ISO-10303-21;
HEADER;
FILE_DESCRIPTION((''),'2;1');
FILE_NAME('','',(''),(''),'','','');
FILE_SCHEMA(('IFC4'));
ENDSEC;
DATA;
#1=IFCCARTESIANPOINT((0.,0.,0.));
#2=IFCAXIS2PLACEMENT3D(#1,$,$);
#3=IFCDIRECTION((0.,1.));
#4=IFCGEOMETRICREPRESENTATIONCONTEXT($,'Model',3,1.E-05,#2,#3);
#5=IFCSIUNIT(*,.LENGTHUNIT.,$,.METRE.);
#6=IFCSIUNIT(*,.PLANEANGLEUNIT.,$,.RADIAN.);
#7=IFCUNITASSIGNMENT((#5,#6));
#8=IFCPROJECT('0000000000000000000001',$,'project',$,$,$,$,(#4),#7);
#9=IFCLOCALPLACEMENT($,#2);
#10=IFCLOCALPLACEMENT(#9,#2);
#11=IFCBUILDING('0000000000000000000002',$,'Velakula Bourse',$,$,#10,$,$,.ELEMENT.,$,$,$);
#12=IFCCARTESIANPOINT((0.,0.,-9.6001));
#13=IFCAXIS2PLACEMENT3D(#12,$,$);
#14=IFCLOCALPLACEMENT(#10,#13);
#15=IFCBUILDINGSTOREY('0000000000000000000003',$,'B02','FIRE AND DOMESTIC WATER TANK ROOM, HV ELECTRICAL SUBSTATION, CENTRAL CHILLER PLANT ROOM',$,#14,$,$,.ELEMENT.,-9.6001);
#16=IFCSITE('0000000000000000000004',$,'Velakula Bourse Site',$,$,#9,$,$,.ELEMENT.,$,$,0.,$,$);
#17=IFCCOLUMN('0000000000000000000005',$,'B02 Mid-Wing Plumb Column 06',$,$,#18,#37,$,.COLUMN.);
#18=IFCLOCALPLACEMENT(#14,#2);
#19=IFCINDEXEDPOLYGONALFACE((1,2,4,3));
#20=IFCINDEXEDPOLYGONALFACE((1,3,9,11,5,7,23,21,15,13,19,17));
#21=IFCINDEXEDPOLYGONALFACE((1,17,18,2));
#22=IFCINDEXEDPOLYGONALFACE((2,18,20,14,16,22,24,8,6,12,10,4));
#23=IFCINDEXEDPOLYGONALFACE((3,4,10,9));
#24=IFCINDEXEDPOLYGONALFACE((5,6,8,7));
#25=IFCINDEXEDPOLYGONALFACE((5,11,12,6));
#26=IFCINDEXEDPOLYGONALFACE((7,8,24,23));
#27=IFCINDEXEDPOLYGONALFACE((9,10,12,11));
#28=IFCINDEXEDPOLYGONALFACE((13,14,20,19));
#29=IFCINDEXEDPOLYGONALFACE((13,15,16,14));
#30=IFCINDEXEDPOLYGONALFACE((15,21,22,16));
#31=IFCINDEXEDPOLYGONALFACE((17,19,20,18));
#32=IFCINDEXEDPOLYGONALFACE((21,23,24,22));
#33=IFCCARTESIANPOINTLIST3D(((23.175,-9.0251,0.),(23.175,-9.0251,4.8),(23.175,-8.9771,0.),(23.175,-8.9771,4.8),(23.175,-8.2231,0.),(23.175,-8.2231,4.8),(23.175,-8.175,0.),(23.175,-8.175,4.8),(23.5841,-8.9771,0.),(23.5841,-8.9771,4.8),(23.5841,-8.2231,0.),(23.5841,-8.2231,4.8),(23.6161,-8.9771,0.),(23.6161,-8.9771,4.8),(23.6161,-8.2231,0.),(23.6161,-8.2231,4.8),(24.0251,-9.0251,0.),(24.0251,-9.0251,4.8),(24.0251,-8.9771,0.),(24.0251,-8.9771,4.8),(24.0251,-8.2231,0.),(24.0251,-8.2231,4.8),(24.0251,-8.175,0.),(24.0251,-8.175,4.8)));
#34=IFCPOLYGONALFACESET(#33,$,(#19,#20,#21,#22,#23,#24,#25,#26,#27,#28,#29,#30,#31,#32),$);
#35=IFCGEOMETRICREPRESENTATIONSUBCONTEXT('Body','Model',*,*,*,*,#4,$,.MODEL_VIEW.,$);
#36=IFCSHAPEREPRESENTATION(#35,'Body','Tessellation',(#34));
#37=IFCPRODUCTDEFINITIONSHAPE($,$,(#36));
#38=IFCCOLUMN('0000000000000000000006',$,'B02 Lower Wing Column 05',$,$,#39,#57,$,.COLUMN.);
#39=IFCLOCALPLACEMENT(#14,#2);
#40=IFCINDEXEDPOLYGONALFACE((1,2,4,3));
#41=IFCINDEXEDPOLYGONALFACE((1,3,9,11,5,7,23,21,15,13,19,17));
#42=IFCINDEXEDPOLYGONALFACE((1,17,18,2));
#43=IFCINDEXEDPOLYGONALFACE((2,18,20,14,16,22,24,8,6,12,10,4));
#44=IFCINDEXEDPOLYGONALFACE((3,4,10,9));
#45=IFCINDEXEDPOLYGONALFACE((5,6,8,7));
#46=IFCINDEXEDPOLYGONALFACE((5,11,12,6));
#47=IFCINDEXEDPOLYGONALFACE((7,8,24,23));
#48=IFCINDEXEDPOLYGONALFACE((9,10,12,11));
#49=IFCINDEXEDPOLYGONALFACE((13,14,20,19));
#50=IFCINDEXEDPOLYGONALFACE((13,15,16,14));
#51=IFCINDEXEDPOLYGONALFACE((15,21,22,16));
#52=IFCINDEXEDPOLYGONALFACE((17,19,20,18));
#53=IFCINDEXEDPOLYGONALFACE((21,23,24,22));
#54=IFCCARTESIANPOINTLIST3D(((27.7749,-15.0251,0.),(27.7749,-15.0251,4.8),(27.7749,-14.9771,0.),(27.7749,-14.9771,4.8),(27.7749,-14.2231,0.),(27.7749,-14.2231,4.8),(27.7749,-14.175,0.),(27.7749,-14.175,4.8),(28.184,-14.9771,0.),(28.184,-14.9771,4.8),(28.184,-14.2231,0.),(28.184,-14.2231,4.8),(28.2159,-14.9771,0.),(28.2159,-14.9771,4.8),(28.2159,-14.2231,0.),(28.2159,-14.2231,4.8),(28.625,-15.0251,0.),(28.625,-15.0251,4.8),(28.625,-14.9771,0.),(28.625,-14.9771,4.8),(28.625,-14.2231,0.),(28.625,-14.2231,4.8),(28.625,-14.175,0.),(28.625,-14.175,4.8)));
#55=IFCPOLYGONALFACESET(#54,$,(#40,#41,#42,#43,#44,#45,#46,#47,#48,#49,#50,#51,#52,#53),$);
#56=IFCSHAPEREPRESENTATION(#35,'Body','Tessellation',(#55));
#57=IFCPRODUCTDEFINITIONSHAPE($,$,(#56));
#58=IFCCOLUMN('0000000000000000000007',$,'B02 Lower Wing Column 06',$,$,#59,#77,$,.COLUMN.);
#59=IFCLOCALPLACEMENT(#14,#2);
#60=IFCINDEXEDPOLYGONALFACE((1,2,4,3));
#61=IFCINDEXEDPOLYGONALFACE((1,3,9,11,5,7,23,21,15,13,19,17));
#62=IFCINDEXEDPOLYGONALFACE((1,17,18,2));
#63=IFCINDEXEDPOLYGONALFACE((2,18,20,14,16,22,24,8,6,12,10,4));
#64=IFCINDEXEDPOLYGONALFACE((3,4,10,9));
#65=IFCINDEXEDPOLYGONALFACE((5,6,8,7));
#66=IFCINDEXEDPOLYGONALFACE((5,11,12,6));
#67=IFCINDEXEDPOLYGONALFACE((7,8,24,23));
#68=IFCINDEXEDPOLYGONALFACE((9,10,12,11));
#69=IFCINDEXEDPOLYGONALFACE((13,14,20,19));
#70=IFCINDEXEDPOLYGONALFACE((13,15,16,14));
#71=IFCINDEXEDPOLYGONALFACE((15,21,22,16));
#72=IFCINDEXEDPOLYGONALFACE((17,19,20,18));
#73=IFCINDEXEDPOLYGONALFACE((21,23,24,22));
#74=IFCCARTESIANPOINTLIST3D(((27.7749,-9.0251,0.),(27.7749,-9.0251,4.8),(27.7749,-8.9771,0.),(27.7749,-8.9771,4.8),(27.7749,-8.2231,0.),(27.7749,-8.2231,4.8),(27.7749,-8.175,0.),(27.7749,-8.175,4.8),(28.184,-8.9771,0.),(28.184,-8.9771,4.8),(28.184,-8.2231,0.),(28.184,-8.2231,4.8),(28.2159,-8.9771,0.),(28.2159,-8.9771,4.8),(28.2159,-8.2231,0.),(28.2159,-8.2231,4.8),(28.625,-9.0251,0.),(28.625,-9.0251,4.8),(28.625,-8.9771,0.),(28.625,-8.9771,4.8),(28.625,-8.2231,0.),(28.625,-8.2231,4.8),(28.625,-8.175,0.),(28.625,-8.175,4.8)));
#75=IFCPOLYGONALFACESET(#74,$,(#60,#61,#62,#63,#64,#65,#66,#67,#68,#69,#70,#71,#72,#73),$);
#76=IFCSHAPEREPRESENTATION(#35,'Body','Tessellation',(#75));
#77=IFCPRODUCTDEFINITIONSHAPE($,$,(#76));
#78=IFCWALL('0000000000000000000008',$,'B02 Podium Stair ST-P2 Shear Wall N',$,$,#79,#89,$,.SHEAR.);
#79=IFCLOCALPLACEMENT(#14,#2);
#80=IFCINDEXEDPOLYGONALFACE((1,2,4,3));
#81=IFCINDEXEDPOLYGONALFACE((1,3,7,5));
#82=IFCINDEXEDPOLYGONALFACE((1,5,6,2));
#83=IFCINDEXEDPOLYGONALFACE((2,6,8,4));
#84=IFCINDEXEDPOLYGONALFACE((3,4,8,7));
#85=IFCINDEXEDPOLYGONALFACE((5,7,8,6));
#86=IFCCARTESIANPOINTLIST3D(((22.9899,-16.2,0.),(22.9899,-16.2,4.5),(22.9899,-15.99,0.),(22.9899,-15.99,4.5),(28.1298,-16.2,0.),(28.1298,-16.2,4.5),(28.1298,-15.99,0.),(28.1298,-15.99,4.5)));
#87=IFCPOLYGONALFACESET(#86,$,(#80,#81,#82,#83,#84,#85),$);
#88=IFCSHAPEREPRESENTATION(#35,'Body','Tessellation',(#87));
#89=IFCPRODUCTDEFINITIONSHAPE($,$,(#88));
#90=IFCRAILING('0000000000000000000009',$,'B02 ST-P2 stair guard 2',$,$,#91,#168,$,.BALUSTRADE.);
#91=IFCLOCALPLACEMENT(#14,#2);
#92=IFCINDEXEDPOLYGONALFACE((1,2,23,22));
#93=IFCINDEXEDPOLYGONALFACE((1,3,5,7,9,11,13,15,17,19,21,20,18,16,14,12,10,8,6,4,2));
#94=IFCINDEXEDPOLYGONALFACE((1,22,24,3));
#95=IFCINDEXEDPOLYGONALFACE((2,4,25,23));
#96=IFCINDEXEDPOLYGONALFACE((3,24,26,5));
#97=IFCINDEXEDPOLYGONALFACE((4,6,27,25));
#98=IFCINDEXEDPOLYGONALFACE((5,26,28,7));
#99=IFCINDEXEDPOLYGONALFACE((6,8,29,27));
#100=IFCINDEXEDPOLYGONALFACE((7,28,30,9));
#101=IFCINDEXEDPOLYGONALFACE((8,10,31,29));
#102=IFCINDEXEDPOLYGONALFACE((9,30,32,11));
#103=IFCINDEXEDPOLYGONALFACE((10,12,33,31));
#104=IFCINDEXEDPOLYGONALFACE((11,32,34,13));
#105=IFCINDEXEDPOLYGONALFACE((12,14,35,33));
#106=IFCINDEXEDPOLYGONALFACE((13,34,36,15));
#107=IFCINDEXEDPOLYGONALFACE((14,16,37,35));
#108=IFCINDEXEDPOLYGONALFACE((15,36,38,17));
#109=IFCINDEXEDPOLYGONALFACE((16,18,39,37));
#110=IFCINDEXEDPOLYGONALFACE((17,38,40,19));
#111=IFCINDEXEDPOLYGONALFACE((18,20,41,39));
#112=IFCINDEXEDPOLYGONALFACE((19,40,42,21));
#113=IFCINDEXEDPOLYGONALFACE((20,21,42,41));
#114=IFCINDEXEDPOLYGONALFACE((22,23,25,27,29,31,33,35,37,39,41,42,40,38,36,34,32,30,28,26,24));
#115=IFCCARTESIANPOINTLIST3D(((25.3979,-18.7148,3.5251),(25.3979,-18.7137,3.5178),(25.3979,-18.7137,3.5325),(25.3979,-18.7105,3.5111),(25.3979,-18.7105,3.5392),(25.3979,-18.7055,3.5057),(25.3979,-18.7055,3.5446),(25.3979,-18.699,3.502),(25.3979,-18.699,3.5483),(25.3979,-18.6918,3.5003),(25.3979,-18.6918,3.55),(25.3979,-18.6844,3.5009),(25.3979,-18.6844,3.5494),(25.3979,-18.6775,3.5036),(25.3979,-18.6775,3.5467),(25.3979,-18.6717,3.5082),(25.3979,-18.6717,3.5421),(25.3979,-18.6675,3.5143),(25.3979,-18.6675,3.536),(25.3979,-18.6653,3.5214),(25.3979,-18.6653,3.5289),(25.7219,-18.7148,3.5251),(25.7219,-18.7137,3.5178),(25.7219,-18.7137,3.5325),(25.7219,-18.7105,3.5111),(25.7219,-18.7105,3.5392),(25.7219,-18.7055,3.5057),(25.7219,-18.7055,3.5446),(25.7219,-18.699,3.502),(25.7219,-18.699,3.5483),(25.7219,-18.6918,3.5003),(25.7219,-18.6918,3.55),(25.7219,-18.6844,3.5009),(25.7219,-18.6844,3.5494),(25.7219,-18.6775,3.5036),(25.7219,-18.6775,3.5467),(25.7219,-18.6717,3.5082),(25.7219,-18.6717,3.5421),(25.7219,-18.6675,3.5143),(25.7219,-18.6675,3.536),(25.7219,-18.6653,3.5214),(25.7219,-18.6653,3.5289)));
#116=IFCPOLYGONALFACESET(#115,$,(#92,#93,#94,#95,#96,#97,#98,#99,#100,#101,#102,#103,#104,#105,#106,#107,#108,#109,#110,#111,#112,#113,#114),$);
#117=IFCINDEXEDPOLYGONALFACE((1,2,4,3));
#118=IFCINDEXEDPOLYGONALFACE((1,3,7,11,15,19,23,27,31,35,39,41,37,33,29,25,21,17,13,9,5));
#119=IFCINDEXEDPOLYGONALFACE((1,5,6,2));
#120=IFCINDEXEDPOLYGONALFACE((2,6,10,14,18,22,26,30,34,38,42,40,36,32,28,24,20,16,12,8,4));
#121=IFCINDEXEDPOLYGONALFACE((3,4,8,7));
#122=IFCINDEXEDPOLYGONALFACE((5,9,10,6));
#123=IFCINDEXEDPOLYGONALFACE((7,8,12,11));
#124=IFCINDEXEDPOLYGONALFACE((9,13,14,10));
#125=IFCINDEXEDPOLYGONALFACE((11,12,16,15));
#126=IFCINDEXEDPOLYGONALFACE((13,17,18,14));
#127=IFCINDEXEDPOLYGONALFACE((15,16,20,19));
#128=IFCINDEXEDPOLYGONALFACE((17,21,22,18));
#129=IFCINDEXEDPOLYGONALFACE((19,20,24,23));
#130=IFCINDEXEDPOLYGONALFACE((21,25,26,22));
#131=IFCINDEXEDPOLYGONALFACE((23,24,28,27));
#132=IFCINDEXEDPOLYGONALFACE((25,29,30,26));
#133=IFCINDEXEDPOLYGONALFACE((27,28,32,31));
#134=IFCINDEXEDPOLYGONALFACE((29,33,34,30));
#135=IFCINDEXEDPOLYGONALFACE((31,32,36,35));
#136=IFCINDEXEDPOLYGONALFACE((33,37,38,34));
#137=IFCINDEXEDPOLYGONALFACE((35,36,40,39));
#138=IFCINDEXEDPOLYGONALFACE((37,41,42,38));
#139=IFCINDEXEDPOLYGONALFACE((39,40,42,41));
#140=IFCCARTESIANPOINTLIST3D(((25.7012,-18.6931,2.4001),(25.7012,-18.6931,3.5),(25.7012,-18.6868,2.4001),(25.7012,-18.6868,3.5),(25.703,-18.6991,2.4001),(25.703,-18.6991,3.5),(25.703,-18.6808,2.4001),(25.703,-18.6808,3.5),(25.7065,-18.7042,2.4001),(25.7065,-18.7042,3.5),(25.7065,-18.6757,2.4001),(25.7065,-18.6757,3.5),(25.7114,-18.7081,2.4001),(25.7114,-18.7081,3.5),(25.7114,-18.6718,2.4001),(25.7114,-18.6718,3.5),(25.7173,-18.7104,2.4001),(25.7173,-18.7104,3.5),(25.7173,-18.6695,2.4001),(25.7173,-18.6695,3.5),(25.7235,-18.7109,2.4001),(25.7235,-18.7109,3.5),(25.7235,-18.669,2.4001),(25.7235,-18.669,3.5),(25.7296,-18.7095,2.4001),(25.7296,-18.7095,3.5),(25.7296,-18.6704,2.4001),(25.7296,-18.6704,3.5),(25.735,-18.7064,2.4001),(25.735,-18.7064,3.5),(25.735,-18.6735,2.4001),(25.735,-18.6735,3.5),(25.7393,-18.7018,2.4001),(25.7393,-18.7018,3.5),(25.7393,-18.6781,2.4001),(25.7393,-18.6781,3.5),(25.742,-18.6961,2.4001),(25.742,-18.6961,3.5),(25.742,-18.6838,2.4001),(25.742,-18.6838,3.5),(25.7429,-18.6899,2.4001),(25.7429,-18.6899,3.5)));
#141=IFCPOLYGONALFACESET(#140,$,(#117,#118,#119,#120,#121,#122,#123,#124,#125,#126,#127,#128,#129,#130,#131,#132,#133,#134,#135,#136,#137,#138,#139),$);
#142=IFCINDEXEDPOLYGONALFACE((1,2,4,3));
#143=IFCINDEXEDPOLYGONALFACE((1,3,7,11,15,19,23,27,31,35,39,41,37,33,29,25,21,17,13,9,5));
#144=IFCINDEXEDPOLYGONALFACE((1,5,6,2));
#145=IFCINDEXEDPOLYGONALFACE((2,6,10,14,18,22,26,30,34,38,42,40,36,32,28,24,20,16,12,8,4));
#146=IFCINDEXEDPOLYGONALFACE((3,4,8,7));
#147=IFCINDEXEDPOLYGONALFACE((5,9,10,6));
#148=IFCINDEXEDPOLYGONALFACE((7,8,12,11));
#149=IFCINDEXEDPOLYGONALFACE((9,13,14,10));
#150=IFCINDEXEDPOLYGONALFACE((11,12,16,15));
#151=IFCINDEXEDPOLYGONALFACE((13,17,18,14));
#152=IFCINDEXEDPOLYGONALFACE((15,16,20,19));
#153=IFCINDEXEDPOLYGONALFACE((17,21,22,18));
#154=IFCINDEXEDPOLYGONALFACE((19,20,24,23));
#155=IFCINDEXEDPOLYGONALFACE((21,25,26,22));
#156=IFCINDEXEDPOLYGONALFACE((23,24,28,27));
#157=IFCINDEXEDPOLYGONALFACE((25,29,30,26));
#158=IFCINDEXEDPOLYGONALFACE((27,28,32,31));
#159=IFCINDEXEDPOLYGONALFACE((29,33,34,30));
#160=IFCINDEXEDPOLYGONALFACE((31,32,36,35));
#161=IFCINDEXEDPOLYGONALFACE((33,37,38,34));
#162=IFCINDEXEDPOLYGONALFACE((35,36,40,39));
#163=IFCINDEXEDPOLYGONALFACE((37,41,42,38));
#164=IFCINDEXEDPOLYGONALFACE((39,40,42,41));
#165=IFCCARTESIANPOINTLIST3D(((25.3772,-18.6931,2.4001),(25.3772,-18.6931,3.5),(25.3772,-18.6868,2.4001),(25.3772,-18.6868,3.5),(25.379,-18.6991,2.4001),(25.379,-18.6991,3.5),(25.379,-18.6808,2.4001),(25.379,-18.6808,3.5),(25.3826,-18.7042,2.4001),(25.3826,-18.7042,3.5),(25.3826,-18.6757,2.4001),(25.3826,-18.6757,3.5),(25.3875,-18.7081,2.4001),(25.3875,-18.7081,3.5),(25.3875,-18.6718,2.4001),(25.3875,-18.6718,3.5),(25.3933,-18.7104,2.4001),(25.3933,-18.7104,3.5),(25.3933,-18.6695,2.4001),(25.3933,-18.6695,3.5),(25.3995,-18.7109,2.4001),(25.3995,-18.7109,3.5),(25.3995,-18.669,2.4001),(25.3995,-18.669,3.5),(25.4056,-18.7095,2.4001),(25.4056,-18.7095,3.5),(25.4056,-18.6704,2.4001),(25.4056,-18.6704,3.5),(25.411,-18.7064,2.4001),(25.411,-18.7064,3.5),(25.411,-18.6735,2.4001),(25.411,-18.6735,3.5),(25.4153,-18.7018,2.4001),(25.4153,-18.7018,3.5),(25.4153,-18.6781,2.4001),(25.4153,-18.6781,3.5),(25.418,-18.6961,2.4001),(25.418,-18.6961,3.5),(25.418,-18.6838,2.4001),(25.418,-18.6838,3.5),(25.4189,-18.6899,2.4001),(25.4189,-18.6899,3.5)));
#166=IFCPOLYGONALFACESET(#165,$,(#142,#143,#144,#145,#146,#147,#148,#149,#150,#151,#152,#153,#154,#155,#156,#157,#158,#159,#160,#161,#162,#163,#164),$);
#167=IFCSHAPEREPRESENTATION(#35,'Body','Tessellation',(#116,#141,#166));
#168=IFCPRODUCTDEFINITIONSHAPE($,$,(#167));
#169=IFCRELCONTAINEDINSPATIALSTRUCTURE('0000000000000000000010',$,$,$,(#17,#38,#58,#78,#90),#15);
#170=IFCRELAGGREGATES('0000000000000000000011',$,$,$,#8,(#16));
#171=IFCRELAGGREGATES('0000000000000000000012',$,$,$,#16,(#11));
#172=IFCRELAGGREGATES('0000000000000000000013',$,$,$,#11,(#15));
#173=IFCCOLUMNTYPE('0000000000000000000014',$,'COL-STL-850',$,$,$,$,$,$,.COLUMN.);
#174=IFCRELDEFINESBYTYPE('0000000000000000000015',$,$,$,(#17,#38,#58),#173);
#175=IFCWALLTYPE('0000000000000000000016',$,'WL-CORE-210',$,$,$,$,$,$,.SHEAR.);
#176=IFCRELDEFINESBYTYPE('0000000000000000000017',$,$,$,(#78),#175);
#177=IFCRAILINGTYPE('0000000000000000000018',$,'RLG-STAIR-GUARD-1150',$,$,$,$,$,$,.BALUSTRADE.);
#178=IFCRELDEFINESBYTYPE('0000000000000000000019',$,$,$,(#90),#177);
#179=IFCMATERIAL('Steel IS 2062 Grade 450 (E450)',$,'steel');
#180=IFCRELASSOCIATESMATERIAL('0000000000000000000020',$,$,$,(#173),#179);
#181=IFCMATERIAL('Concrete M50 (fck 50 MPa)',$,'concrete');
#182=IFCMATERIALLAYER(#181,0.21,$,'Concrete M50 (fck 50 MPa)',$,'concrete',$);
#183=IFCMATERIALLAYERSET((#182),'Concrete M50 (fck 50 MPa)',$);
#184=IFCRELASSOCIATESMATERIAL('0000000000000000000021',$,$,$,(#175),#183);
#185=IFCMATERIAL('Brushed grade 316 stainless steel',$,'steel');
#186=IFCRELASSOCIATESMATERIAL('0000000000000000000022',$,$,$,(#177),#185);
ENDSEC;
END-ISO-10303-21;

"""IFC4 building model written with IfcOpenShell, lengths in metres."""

from ifc_helpers import new_model, si_unit, direction, frame, frame_2d, origin, origin_2d, place, context, subcontext, project, spatial, rectangle, circle, i_section, extrude, material, layer, layer_set, material_profile, profile_set, type_object, element, save


model = new_model("IFC4")

# Units and contexts
model_context = context("Model", 3, precision=1e-05, world=origin(), true_north=direction((0.0, 1.0)))
body_context = subcontext(model_context, "Body", "Model", "MODEL_VIEW")
ifc_project = project(units=[si_unit("LENGTHUNIT", "METRE"), si_unit("PLANEANGLEUNIT", "RADIAN")], contexts=[model_context])

# Site, building, storey
site_placement = place(None, origin())
site = spatial("IfcSite", under=ifc_project, at=site_placement, Name="Velakula Bourse Site", CompositionType="ELEMENT", RefElevation=0.0)
building_placement = place(site_placement, origin())
building = spatial("IfcBuilding", under=site, at=building_placement, Name="Velakula Bourse", CompositionType="ELEMENT")
storey_placement = place(building_placement, frame((0.0, 0.0, -9.6001)))
storey = spatial("IfcBuildingStorey", under=building, at=storey_placement, Name="B02", Description="FIRE AND DOMESTIC WATER TANK ROOM, HV ELECTRICAL SUBSTATION, CENTRAL CHILLER PLANT ROOM", CompositionType="ELEMENT", Elevation=-9.6001)

# Shared definitions
ifc_material_1 = material(Name="Concrete M50 (fck 50 MPa)", Category="concrete")

# Columns
ifc_material_2 = material(Name="Steel IS 2062 Grade 450 (E450)", Category="steel")
ifc_material_profile_1 = material_profile(ifc_material_2, i_section(OverallWidth=0.8501, OverallDepth=0.8501, WebThickness=0.032, FlangeThickness=0.0481, at=origin_2d()), Name="Steel IS 2062 Grade 450 (E450)")
ifc_profile_set_1 = profile_set([ifc_material_profile_1], Name="Steel IS 2062 Grade 450 (E450)")
column_type_1 = type_object("IfcColumnType", Name="COL-STL-850", PredefinedType="COLUMN", material=ifc_profile_set_1)
for number, where, z_axis, x_axis, name in (
    (1, (23.6001, -8.6001, 0.0), (0.0, 0.0, 1.0), (1.0, 0.0, 0.0), "B02 Mid-Wing Plumb Column 06"),
    (2, (28.2, -14.6001, 0.0), (0.0, 0.0, 1.0), (1.0, 0.0, 0.0), "B02 Lower Wing Column 05"),
    (3, (28.2, -8.6001, 0.0), (0.0, 0.0, 1.0), (1.0, 0.0, 0.0), "B02 Lower Wing Column 06"),
):
    element("IfcColumn", number, at=place(storey_placement, frame(where, z_axis=z_axis, x_axis=x_axis)), inside=storey, type_object=column_type_1, Name=name, PredefinedType="COLUMN", context=body_context, shape_type="SweptSolid", body=[
        extrude(i_section(OverallWidth=0.8501, OverallDepth=0.8501, WebThickness=0.032, FlangeThickness=0.0481, at=origin_2d()), origin(), (0.0, 0.0, 1.0), 4.8),
    ])

# Wall
ifc_layer = layer(ifc_material_1, 0.21, Name="Concrete M50 (fck 50 MPa)", Category="concrete")
ifc_layer_set = layer_set([ifc_layer], Name="Concrete M50 (fck 50 MPa)")
wall_type = type_object("IfcWallType", Name="WL-CORE-210", PredefinedType="SHEAR", material=ifc_layer_set)
wall_placement = place(storey_placement, frame((22.99, -16.095, 0.0), z_axis=(0.0, 0.0, 1.0), x_axis=(1.0, 0.0, 0.0)))
element("IfcWall", 4, at=wall_placement, inside=storey, type_object=wall_type, Name="B02 Podium Stair ST-P2 Shear Wall N", PredefinedType="SHEAR", context=body_context, shape_type="SweptSolid", body=[
    extrude(rectangle(XDim=5.1399, YDim=0.21, at=frame_2d((2.5698, 0.0))), origin(), (0.0, 0.0, 1.0), 4.5),
])

# Railing
ifc_material_3 = material(Name="Brushed grade 316 stainless steel", Category="steel")
railing_type = type_object("IfcRailingType", Name="RLG-STAIR-GUARD-1150", PredefinedType="BALUSTRADE", material=ifc_material_3)
railing_1_placement = place(storey_placement, frame((25.7219, -18.6899, 2.4001)))
element("IfcRailing", 5, at=railing_1_placement, inside=storey, type_object=railing_type, Name="B02 ST-P2 stair guard 2", PredefinedType="BALUSTRADE", context=body_context, shape_type="SweptSolid", body=[
    extrude(circle(Radius=0.0249, at=origin_2d()), frame((0.0, 0.0, 1.125), z_axis=(-1.0, 0.0, 0.0), x_axis=(0.0, -1.0, 0.0)), (0.0, 0.0, 1.0), 0.324),
    extrude(circle(Radius=0.021, at=origin_2d()), origin(), (0.0, 0.0, 1.0), 1.0999),
    extrude(circle(Radius=0.021, at=origin_2d()), frame((-0.324, 0.0, 0.0)), (0.0, 0.0, 1.0), 1.0999),
])

save(model, "model.ifc")
